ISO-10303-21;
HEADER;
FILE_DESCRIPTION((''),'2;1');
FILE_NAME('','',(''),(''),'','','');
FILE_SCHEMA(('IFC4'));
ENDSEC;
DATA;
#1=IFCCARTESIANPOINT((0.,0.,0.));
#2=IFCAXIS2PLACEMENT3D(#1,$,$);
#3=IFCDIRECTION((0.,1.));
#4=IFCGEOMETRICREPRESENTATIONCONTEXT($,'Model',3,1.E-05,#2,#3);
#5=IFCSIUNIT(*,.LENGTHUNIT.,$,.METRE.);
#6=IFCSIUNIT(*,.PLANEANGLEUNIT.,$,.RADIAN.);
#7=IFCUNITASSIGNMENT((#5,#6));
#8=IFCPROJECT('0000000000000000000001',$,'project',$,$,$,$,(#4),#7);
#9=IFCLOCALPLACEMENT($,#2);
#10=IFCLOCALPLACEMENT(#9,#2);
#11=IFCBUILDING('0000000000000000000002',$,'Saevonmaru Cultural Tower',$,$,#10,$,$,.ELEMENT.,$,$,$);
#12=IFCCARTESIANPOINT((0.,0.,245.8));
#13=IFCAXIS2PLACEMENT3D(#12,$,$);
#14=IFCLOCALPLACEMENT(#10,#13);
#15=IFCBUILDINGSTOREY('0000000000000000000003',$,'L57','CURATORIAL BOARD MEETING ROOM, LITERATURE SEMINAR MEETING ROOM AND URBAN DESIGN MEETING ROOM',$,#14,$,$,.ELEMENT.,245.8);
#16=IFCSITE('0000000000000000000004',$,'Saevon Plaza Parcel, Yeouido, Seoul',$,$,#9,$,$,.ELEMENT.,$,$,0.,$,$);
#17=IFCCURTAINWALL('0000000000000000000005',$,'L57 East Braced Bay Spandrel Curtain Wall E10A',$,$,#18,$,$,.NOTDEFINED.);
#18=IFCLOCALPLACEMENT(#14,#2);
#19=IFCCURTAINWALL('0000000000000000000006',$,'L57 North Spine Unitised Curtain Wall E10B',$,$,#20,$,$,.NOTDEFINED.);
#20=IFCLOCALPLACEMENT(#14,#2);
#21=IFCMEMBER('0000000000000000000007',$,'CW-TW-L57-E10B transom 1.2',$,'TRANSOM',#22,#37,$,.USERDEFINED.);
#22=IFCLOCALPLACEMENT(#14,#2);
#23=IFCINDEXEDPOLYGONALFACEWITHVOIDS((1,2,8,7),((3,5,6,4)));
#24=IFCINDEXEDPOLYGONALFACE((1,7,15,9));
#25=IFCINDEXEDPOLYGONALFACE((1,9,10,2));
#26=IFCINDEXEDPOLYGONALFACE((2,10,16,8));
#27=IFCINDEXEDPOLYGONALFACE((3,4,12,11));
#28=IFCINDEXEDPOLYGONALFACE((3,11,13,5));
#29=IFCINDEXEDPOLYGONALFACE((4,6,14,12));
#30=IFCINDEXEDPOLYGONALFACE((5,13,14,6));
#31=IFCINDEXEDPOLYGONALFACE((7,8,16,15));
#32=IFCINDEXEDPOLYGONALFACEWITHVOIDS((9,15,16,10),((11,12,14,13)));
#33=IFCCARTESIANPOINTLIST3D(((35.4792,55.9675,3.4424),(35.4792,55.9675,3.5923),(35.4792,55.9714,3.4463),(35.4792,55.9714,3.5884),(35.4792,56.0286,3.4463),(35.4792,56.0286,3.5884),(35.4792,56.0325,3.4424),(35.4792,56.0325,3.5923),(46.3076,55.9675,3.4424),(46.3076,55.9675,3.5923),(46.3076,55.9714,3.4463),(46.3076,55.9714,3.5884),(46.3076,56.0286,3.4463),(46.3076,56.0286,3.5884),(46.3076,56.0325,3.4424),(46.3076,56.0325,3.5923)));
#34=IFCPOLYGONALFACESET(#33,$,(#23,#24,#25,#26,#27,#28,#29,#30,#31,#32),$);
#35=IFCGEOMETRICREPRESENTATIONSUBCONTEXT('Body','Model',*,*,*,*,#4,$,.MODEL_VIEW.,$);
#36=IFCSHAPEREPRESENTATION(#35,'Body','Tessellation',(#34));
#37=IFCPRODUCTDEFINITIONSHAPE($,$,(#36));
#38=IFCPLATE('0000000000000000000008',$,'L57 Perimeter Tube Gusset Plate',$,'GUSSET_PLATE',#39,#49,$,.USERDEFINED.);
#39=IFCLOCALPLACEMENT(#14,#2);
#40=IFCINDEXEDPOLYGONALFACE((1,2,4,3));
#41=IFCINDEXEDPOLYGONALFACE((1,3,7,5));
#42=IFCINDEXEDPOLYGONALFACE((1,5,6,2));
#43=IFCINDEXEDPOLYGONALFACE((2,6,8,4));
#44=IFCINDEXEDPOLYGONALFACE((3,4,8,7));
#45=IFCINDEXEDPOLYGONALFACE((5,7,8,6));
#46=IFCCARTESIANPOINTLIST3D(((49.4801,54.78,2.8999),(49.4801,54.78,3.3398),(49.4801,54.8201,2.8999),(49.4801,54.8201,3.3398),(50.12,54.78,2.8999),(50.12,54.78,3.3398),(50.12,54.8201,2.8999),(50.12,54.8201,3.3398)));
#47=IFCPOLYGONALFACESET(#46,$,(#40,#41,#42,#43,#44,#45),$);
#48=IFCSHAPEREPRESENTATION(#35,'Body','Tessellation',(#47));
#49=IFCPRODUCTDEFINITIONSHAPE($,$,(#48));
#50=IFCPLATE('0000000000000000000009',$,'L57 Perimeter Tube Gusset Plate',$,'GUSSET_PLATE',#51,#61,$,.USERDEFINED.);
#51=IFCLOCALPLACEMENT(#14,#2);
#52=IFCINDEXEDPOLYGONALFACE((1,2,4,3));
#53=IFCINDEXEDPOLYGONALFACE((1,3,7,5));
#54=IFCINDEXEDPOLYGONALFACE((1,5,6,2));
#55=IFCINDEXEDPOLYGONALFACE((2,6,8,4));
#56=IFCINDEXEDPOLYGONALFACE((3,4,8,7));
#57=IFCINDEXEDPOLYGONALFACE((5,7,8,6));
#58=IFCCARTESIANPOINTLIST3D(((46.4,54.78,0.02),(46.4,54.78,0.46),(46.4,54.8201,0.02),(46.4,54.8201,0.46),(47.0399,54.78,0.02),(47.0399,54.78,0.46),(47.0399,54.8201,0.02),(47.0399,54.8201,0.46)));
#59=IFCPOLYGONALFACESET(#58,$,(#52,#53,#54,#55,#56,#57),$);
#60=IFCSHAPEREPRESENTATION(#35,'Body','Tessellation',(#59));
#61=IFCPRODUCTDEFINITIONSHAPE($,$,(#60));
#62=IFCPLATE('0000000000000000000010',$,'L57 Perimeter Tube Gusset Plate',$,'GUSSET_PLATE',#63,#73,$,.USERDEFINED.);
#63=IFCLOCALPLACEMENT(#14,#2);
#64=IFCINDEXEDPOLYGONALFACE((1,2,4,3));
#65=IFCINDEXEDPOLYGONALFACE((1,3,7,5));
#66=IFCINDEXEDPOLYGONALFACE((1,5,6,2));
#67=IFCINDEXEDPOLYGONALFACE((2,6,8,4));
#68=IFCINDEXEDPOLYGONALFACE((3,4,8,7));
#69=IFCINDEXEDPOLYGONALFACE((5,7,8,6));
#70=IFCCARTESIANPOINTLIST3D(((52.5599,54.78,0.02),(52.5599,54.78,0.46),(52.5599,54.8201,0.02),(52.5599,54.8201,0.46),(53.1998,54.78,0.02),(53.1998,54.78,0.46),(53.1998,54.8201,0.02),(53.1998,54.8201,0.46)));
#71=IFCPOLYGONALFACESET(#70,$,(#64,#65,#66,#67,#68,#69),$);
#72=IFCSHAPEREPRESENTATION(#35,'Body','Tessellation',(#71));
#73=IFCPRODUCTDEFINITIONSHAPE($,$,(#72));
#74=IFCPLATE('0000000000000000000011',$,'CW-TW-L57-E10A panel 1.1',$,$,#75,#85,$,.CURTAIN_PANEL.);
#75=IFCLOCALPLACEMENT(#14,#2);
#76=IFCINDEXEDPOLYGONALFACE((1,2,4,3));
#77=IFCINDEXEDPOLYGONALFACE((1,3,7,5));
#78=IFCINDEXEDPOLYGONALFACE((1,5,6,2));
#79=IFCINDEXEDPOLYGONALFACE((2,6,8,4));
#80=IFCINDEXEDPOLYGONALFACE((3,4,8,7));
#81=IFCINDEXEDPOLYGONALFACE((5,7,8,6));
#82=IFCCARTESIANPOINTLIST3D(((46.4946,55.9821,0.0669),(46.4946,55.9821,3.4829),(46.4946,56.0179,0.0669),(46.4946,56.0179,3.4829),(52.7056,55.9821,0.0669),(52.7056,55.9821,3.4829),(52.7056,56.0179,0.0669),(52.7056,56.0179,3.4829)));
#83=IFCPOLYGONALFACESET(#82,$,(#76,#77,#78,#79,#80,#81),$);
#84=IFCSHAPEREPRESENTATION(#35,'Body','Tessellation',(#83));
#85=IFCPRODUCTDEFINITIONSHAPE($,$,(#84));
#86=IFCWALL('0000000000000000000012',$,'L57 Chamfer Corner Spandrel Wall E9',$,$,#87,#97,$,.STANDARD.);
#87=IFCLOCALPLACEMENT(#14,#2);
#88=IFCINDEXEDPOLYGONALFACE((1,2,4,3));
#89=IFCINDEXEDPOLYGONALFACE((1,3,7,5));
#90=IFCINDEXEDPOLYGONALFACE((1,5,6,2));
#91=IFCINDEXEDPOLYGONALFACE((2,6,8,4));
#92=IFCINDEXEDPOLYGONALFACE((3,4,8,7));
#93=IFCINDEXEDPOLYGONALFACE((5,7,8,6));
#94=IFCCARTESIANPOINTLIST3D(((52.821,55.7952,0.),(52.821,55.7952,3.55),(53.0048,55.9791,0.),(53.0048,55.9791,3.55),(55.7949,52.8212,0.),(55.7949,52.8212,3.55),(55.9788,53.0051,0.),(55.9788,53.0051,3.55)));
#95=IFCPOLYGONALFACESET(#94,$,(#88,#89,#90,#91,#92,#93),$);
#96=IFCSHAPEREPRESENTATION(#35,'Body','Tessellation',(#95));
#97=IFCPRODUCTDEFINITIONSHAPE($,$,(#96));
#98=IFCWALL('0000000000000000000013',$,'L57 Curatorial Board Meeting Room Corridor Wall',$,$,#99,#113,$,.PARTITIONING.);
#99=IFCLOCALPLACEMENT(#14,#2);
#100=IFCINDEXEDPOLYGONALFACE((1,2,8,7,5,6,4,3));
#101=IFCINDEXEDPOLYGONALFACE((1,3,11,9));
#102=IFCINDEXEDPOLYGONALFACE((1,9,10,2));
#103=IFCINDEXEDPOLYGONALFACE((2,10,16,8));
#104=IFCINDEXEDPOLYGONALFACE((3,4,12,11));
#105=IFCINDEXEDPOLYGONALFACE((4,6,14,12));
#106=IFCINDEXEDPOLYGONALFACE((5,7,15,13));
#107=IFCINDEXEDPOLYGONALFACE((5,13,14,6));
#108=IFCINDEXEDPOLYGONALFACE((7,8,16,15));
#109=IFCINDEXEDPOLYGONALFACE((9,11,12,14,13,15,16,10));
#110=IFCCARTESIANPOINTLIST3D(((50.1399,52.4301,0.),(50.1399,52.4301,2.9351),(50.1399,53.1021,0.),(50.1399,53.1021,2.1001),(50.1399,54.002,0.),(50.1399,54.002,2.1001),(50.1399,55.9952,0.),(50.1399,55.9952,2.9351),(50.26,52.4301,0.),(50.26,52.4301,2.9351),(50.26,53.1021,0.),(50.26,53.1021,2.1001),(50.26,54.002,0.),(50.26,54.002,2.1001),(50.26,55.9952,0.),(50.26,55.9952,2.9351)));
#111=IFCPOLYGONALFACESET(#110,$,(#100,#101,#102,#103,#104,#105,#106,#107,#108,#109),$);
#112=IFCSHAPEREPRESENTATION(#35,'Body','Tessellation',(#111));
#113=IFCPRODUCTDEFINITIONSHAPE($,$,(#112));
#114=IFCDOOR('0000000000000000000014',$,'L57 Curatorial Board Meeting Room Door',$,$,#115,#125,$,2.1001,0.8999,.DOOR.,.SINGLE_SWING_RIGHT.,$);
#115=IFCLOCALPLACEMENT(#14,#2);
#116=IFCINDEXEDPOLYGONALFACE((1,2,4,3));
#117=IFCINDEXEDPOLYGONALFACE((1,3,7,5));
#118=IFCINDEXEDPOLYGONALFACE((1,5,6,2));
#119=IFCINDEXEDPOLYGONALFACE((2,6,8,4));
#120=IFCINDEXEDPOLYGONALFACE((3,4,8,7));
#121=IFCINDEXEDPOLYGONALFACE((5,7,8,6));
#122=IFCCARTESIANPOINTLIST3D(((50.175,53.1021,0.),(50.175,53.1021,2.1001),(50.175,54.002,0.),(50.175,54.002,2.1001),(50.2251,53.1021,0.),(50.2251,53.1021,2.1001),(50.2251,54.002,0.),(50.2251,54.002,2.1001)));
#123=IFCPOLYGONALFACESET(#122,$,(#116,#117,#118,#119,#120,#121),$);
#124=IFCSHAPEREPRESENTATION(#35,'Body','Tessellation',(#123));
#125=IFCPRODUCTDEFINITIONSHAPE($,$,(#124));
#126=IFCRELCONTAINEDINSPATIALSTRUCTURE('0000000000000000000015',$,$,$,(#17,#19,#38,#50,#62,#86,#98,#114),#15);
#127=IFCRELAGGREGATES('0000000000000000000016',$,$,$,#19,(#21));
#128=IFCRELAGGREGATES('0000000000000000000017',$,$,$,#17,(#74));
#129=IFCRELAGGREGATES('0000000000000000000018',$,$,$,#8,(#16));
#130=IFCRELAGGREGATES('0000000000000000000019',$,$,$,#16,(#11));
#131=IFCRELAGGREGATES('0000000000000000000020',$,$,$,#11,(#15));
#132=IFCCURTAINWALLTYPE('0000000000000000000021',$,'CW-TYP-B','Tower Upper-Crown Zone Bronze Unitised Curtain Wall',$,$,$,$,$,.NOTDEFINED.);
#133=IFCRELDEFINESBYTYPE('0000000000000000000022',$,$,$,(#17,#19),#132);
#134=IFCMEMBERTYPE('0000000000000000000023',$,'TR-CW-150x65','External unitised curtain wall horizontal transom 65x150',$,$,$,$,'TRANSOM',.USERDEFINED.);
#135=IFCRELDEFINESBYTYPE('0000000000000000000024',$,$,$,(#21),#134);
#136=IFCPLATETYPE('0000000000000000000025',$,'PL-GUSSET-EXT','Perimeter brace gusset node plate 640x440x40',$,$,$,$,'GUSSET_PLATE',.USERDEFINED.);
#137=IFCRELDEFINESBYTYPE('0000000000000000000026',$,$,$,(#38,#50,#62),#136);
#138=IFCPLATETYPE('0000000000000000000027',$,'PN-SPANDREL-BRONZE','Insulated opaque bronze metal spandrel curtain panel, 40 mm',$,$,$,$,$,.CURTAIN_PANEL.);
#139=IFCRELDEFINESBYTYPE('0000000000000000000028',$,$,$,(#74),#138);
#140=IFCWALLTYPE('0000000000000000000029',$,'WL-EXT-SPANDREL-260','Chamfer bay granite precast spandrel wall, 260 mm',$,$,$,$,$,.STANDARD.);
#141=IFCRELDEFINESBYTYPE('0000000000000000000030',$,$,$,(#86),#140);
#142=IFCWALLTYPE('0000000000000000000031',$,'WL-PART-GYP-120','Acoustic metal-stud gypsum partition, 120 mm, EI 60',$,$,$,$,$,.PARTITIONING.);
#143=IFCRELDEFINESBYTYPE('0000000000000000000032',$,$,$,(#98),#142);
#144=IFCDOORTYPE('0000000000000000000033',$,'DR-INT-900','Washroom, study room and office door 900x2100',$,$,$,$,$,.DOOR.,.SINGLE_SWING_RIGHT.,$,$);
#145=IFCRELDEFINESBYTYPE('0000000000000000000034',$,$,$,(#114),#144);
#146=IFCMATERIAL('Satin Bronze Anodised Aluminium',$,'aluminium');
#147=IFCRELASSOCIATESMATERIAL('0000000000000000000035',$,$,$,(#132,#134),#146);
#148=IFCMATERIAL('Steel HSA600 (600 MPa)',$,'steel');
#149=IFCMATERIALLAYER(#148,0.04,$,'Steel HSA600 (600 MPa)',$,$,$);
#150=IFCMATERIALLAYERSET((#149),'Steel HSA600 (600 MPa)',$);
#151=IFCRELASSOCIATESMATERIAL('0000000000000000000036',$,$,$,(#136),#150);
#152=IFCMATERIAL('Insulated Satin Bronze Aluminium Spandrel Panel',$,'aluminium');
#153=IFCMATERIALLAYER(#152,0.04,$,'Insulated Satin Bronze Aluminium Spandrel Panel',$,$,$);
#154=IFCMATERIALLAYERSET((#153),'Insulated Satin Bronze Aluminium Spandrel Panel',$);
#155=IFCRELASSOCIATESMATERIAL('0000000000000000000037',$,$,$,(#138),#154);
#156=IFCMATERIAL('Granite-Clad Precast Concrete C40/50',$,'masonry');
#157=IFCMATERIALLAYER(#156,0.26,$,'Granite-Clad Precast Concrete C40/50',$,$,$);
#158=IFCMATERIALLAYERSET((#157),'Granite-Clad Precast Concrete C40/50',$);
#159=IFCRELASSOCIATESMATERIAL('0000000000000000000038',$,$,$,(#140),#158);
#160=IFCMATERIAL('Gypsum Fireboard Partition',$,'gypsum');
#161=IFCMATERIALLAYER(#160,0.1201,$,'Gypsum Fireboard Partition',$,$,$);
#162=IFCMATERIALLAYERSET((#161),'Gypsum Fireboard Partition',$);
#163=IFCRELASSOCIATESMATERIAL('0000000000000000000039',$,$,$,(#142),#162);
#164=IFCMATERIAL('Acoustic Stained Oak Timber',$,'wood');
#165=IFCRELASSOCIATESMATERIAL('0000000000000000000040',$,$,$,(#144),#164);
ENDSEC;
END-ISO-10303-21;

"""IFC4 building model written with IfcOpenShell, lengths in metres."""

from ifc_helpers import new_model, si_unit, direction, frame, frame_2d, origin, origin_2d, place, context, subcontext, project, spatial, rectangle, hollow_rectangle, extrude, material, layer, layer_set, material_profile, profile_set, type_object, element, fill, aggregate, save


model = new_model("IFC4")

# Units and contexts
model_context = context("Model", 3, precision=1e-05, world=origin(), true_north=direction((0.0, 1.0)))
body_context = subcontext(model_context, "Body", "Model", "MODEL_VIEW")
ifc_project = project(units=[si_unit("LENGTHUNIT", "METRE"), si_unit("PLANEANGLEUNIT", "RADIAN")], contexts=[model_context])

# Site, building, storey
site_placement = place(None, origin())
site = spatial("IfcSite", under=ifc_project, at=site_placement, Name="Saevon Plaza Parcel, Yeouido, Seoul", CompositionType="ELEMENT", RefElevation=0.0)
building_placement = place(site_placement, origin())
building = spatial("IfcBuilding", under=site, at=building_placement, Name="Saevonmaru Cultural Tower", CompositionType="ELEMENT")
storey_placement = place(building_placement, frame((0.0, 0.0, 245.8)))
storey = spatial("IfcBuildingStorey", under=building, at=storey_placement, Name="L57", Description="CURATORIAL BOARD MEETING ROOM, LITERATURE SEMINAR MEETING ROOM AND URBAN DESIGN MEETING ROOM", CompositionType="ELEMENT", Elevation=245.8)

# Shared definitions
ifc_material_1 = material(Name="Satin Bronze Anodised Aluminium", Category="aluminium")
curtain_wall_type = type_object("IfcCurtainWallType", Name="CW-TYP-B", Description="Tower Upper-Crown Zone Bronze Unitised Curtain Wall", PredefinedType="NOTDEFINED", material=ifc_material_1)

# Curtain wall
curtain_wall_1_placement = place(storey_placement, origin())
curtain_wall_1 = element("IfcCurtainWall", 1, at=curtain_wall_1_placement, inside=storey, type_object=curtain_wall_type, Name="L57 East Braced Bay Spandrel Curtain Wall E10A", PredefinedType="NOTDEFINED")

# Curtain wall
curtain_wall_2_placement = place(storey_placement, origin())
curtain_wall_2 = element("IfcCurtainWall", 2, at=curtain_wall_2_placement, inside=storey, type_object=curtain_wall_type, Name="L57 North Spine Unitised Curtain Wall E10B", PredefinedType="NOTDEFINED")

# Member
ifc_material_profile_1 = material_profile(ifc_material_1, hollow_rectangle(XDim=0.0649, YDim=0.1499, WallThickness=0.0039, at=origin_2d()), Name="ALU-TRAN-150x65x4")
ifc_profile_set_1 = profile_set([ifc_material_profile_1], Name="Satin Bronze Anodised Aluminium")
member_type_1 = type_object("IfcMemberType", Name="TR-CW-150x65", Description="External unitised curtain wall horizontal transom 65x150", ElementType="TRANSOM", PredefinedType="USERDEFINED", material=ifc_profile_set_1)
member_1_placement = place(storey_placement, frame((46.3076, 56.0, 3.5173), z_axis=(-1.0, 0.0, 0.0), x_axis=(0.0, -1.0, 0.0)))
member_1 = element("IfcMember", 3, at=member_1_placement, type_object=member_type_1, Name="CW-TW-L57-E10B transom 1.2", ObjectType="TRANSOM", PredefinedType="USERDEFINED", context=body_context, shape_type="SweptSolid", body=[
    extrude(hollow_rectangle(XDim=0.0649, YDim=0.1499, WallThickness=0.0039, at=origin_2d()), origin(), (0.0, 0.0, 1.0), 10.8284),
])
aggregate(curtain_wall_2, [member_1])

# Plates
ifc_material_2 = material(Name="Steel HSA600 (600 MPa)", Category="steel")
ifc_layer_1 = layer(ifc_material_2, 0.04, Name="Steel HSA600 (600 MPa)")
ifc_layer_set_1 = layer_set([ifc_layer_1], Name="Steel HSA600 (600 MPa)")
plate_type_1 = type_object("IfcPlateType", Name="PL-GUSSET-EXT", Description="Perimeter brace gusset node plate 640x440x40", ElementType="GUSSET_PLATE", PredefinedType="USERDEFINED", material=ifc_layer_set_1)
for number, where, z_axis, x_axis, name in (
    (4, (49.8, 54.8, 2.8999), (0.0, 0.0, 1.0), (1.0, 0.0, 0.0), "L57 Perimeter Tube Gusset Plate"),
    (5, (46.72, 54.8, 0.02), (0.0, 0.0, 1.0), (1.0, 0.0, 0.0), "L57 Perimeter Tube Gusset Plate"),
    (6, (52.8799, 54.8, 0.02), (0.0, 0.0, 1.0), (1.0, 0.0, 0.0), "L57 Perimeter Tube Gusset Plate"),
):
    element("IfcPlate", number, at=place(storey_placement, frame(where, z_axis=z_axis, x_axis=x_axis)), inside=storey, type_object=plate_type_1, Name=name, ObjectType="GUSSET_PLATE", PredefinedType="USERDEFINED", context=body_context, shape_type="SweptSolid", body=[
        extrude(rectangle(XDim=0.6399, YDim=0.04, at=origin_2d()), origin(), (0.0, 0.0, 1.0), 0.4399),
    ])

# Plate
ifc_material_3 = material(Name="Insulated Satin Bronze Aluminium Spandrel Panel", Category="aluminium")
ifc_layer_2 = layer(ifc_material_3, 0.04, Name="Insulated Satin Bronze Aluminium Spandrel Panel")
ifc_layer_set_2 = layer_set([ifc_layer_2], Name="Insulated Satin Bronze Aluminium Spandrel Panel")
plate_type_2 = type_object("IfcPlateType", Name="PN-SPANDREL-BRONZE", Description="Insulated opaque bronze metal spandrel curtain panel, 40 mm", PredefinedType="CURTAIN_PANEL", material=ifc_layer_set_2)
plate_placement = place(storey_placement, frame((49.6001, 56.0, 0.0669), z_axis=(0.0, 0.0, 1.0), x_axis=(-1.0, 0.0, 0.0)))
plate = element("IfcPlate", 7, at=plate_placement, type_object=plate_type_2, Name="CW-TW-L57-E10A panel 1.1", PredefinedType="CURTAIN_PANEL", context=body_context, shape_type="SweptSolid", body=[
    extrude(rectangle(XDim=6.2109, YDim=0.0359, at=origin_2d()), origin(), (0.0, 0.0, 1.0), 3.416),
])
aggregate(curtain_wall_1, [plate])

# Wall
ifc_material_4 = material(Name="Granite-Clad Precast Concrete C40/50", Category="masonry")
ifc_layer_3 = layer(ifc_material_4, 0.26, Name="Granite-Clad Precast Concrete C40/50")
ifc_layer_set_3 = layer_set([ifc_layer_3], Name="Granite-Clad Precast Concrete C40/50")
wall_type_1 = type_object("IfcWallType", Name="WL-EXT-SPANDREL-260", Description="Chamfer bay granite precast spandrel wall, 260 mm", PredefinedType="STANDARD", material=ifc_layer_set_3)
wall_1_placement = place(storey_placement, frame((55.887, 52.9131, 0.0), z_axis=(0.0, 0.0, 1.0), x_axis=(-0.707107, 0.707107, 0.0)))
element("IfcWall", 8, at=wall_1_placement, inside=storey, type_object=wall_type_1, Name="L57 Chamfer Corner Spandrel Wall E9", PredefinedType="STANDARD", context=body_context, shape_type="SweptSolid", body=[
    extrude(rectangle(XDim=4.2058, YDim=0.26, at=frame_2d((2.103, 0.0))), origin(), (0.0, 0.0, 1.0), 3.55),
])

# Wall, opening, door
ifc_material_5 = material(Name="Gypsum Fireboard Partition", Category="gypsum")
ifc_layer_4 = layer(ifc_material_5, 0.1201, Name="Gypsum Fireboard Partition")
ifc_layer_set_4 = layer_set([ifc_layer_4], Name="Gypsum Fireboard Partition")
wall_type_2 = type_object("IfcWallType", Name="WL-PART-GYP-120", Description="Acoustic metal-stud gypsum partition, 120 mm, EI 60", PredefinedType="PARTITIONING", material=ifc_layer_set_4)
wall_2_placement = place(storey_placement, frame((50.2, 52.4299, 0.0), z_axis=(0.0, 0.0, 1.0), x_axis=(0.0, 1.0, 0.0)))
wall_2 = element("IfcWall", 9, at=wall_2_placement, inside=storey, type_object=wall_type_2, Name="L57 Curatorial Board Meeting Room Corridor Wall", PredefinedType="PARTITIONING", context=body_context, shape_type="SweptSolid", body=[
    extrude(rectangle(XDim=3.5652, YDim=0.1201, at=frame_2d((1.7827, 0.0))), origin(), (0.0, 0.0, 1.0), 2.9351),
])
opening_placement = place(wall_2_placement, frame((0.6721, 0.0, 0.0)))
opening = element("IfcOpeningElement", 10, at=opening_placement, cuts=wall_2, PredefinedType="OPENING", context=body_context, shape_type="SweptSolid", body=[
    extrude(rectangle(XDim=0.8999, YDim=2.1001, at=frame_2d((0.45, 1.05))), frame((0.0, 0.0701, 0.0), z_axis=(0.0, -1.0, 0.0), x_axis=(1.0, 0.0, 0.0)), (0.0, 0.0, 1.0), 0.1401),
])
ifc_material_6 = material(Name="Acoustic Stained Oak Timber", Category="wood")
door_type = type_object("IfcDoorType", Name="DR-INT-900", Description="Washroom, study room and office door 900x2100", OperationType="SINGLE_SWING_RIGHT", PredefinedType="DOOR", material=ifc_material_6)
door_placement = place(opening_placement, origin())
door = element("IfcDoor", 11, at=door_placement, inside=storey, type_object=door_type, Name="L57 Curatorial Board Meeting Room Door", OperationType="SINGLE_SWING_RIGHT", OverallHeight=2.1001, OverallWidth=0.8999, PredefinedType="DOOR", context=body_context, shape_type="SweptSolid", body=[
    extrude(rectangle(XDim=0.8999, YDim=2.1001, at=frame_2d((0.45, 1.05))), frame((0.0, 0.0249, 0.0), z_axis=(0.0, -1.0, 0.0), x_axis=(1.0, 0.0, 0.0)), (0.0, 0.0, 1.0), 0.05),
])
fill(opening, door)

save(model, "model.ifc")
